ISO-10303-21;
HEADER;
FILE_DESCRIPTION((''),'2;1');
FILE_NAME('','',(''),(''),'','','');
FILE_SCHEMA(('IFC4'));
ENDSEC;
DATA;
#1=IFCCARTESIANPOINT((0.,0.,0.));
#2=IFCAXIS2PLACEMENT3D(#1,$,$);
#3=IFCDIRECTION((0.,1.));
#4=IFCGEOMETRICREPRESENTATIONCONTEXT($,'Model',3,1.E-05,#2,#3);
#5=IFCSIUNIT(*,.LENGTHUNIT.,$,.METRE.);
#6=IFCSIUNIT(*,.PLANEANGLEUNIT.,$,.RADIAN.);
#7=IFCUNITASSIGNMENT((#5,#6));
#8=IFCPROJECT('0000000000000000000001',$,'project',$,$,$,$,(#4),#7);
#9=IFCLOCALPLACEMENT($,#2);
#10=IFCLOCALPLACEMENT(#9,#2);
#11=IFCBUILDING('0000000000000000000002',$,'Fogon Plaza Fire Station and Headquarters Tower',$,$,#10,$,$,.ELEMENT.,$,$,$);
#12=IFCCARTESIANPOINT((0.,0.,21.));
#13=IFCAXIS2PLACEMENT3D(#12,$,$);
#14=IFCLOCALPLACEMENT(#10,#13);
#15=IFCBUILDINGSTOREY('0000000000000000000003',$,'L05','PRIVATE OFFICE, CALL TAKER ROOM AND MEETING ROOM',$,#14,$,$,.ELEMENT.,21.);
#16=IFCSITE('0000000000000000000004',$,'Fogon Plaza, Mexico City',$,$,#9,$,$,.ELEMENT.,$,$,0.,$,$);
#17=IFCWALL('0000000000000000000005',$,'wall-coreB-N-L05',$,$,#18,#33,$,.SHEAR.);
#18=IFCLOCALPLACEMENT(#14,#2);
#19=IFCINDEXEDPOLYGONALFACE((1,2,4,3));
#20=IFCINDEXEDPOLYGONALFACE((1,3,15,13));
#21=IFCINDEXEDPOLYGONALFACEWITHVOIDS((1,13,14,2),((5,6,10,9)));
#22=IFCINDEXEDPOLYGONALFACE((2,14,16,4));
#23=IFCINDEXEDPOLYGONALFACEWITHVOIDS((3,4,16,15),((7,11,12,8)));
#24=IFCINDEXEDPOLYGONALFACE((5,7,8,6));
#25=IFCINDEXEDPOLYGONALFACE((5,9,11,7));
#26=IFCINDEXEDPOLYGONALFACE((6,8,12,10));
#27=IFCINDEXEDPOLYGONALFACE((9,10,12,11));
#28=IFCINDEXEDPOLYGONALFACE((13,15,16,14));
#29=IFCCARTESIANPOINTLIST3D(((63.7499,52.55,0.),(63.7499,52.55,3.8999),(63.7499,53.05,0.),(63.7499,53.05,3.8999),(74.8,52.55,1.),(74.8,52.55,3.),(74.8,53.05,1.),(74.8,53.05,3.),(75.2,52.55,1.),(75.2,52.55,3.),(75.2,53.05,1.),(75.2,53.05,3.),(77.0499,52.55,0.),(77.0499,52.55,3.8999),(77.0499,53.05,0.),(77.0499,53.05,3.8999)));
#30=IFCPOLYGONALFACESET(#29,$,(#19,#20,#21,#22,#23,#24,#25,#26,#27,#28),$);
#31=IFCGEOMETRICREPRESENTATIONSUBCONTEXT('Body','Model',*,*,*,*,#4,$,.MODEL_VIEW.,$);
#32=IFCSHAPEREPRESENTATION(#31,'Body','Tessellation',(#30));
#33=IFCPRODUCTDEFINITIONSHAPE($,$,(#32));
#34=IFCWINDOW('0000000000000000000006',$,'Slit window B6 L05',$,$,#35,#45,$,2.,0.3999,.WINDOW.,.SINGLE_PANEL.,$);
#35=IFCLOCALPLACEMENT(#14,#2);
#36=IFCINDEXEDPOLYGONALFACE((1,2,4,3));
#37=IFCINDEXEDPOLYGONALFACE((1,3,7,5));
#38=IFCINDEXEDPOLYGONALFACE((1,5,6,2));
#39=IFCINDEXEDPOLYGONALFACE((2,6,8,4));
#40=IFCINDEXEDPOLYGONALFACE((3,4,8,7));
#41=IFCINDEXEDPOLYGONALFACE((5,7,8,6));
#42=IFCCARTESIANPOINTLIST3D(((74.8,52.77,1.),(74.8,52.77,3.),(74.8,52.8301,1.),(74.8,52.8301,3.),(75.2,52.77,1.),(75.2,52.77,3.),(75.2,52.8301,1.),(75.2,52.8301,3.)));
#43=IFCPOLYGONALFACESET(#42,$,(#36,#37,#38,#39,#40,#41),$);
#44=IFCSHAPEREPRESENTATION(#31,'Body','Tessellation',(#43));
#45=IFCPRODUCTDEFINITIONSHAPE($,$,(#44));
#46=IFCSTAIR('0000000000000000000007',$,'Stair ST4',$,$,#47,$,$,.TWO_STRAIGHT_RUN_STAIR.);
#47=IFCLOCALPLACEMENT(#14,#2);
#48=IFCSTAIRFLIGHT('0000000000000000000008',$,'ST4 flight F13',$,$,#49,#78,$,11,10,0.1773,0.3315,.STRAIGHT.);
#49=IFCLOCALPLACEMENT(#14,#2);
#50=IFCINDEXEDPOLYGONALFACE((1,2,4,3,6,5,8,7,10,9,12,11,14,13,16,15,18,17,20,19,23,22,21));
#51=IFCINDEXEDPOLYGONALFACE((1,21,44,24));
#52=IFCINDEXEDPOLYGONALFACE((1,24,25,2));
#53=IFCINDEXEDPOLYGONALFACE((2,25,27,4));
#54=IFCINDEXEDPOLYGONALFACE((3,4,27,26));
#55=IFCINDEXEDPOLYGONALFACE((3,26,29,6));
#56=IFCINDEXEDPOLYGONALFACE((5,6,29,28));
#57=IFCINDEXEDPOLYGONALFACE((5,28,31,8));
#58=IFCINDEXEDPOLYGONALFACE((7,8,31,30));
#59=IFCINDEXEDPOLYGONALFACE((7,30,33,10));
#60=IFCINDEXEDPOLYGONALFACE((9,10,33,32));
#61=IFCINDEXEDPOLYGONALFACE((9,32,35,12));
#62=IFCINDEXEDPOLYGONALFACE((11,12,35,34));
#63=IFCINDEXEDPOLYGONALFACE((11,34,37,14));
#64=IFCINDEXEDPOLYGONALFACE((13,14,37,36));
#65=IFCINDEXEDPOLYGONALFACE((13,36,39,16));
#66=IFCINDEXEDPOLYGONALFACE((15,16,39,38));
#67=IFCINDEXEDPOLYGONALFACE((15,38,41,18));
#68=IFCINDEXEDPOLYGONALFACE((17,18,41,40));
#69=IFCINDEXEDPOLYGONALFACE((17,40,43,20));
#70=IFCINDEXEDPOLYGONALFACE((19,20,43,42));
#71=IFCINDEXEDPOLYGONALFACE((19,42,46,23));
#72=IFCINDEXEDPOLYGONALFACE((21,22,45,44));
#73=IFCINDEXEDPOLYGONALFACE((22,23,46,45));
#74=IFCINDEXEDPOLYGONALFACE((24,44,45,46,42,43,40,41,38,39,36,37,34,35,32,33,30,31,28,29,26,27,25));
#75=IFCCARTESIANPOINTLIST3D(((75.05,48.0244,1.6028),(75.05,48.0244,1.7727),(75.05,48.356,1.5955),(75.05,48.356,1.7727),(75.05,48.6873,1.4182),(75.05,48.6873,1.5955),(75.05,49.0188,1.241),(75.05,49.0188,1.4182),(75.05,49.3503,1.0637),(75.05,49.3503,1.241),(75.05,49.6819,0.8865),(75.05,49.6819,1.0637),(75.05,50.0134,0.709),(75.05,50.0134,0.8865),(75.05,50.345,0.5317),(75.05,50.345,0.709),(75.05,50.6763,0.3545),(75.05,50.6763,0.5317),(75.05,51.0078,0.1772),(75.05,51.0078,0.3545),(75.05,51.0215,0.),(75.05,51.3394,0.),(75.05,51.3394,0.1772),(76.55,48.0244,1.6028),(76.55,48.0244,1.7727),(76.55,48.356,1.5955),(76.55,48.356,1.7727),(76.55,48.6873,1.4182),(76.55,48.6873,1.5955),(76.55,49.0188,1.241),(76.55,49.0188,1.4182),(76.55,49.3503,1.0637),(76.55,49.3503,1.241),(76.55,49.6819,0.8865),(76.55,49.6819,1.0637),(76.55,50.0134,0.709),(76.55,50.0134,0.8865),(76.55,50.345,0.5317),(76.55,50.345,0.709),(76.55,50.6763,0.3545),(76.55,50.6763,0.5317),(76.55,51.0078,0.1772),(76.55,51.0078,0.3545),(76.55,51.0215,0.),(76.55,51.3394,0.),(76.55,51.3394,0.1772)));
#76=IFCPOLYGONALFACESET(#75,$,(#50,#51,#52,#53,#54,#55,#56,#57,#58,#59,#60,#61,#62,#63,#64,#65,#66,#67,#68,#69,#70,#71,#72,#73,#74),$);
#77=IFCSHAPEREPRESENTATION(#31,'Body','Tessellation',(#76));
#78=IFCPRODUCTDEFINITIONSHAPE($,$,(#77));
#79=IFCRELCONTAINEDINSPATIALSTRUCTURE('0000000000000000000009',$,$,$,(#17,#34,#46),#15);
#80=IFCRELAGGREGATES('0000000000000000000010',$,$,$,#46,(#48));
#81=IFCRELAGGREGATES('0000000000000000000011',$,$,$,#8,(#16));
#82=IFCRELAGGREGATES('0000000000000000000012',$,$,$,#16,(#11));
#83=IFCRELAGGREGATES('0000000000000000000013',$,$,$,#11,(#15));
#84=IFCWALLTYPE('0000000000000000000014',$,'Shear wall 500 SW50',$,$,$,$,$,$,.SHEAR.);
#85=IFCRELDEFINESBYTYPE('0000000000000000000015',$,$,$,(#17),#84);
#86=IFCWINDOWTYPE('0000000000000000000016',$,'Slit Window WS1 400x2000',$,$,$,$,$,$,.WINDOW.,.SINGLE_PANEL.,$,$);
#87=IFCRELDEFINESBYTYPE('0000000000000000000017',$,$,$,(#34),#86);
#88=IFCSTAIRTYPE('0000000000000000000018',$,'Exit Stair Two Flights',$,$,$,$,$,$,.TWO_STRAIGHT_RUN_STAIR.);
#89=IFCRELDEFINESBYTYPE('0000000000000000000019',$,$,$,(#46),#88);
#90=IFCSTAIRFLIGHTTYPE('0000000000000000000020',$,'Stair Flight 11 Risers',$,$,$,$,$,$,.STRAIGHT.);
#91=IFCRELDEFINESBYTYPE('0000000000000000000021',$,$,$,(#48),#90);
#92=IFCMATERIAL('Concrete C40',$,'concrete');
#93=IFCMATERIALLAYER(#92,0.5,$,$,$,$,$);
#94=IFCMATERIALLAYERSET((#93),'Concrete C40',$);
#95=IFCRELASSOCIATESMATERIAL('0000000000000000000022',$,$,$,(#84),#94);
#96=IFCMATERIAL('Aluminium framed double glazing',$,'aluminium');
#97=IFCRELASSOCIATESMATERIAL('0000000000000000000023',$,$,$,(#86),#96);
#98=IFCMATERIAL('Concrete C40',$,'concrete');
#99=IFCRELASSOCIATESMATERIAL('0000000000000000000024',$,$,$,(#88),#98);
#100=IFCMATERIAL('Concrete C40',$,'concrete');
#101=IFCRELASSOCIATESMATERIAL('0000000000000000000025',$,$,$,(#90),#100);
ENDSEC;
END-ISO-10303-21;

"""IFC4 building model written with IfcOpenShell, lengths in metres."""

from ifc_helpers import new_model, si_unit, direction, frame, frame_2d, origin, place, context, subcontext, project, spatial, polyline, rectangle, outline, extrude, material, layer, layer_set, type_object, element, fill, aggregate, save


model = new_model("IFC4")

# Units and contexts
model_context = context("Model", 3, precision=1e-05, world=origin(), true_north=direction((0.0, 1.0)))
body_context = subcontext(model_context, "Body", "Model", "MODEL_VIEW")
ifc_project = project(units=[si_unit("LENGTHUNIT", "METRE"), si_unit("PLANEANGLEUNIT", "RADIAN")], contexts=[model_context])

# Site, building, storey
site_placement = place(None, origin())
site = spatial("IfcSite", under=ifc_project, at=site_placement, Name="Fogon Plaza, Mexico City", CompositionType="ELEMENT", RefElevation=0.0)
building_placement = place(site_placement, origin())
building = spatial("IfcBuilding", under=site, at=building_placement, Name="Fogon Plaza Fire Station and Headquarters Tower", CompositionType="ELEMENT")
storey_placement = place(building_placement, frame((0.0, 0.0, 21.0)))
storey = spatial("IfcBuildingStorey", under=building, at=storey_placement, Name="L05", Description="PRIVATE OFFICE, CALL TAKER ROOM AND MEETING ROOM", CompositionType="ELEMENT", Elevation=21.0)

# Wall, opening, window
ifc_material_1 = material(Name="Concrete C40", Category="concrete")
ifc_layer_1 = layer(ifc_material_1, 0.5)
ifc_layer_set_1 = layer_set([ifc_layer_1], Name="Concrete C40")
wall_type_1 = type_object("IfcWallType", Name="Shear wall 500 SW50", PredefinedType="SHEAR", material=ifc_layer_set_1)
wall_1_placement = place(storey_placement, frame((63.75, 52.8, 0.0), z_axis=(0.0, 0.0, 1.0), x_axis=(1.0, 0.0, 0.0)))
wall_1 = element("IfcWall", 1, at=wall_1_placement, inside=storey, type_object=wall_type_1, Name="wall-coreB-N-L05", PredefinedType="SHEAR", context=body_context, shape_type="SweptSolid", body=[
    extrude(rectangle(XDim=13.3, YDim=0.5, at=frame_2d((6.6499, 0.0))), origin(), (0.0, 0.0, 1.0), 3.8999),
])
opening_placement = place(wall_1_placement, frame((11.05, 0.0, 1.0)))
opening = element("IfcOpeningElement", 2, at=opening_placement, cuts=wall_1, PredefinedType="OPENING", context=body_context, shape_type="SweptSolid", body=[
    extrude(rectangle(XDim=0.3999, YDim=2.0, at=frame_2d((0.2, 1.0))), frame((0.0, 0.26, 0.0), z_axis=(0.0, -1.0, 0.0), x_axis=(1.0, 0.0, 0.0)), (0.0, 0.0, 1.0), 0.52),
])
ifc_material_2 = material(Name="Aluminium framed double glazing", Category="aluminium")
window_type = type_object("IfcWindowType", Name="Slit Window WS1 400x2000", PartitioningType="SINGLE_PANEL", PredefinedType="WINDOW", material=ifc_material_2)
window_placement = place(opening_placement, origin())
window = element("IfcWindow", 3, at=window_placement, inside=storey, type_object=window_type, Name="Slit window B6 L05", OverallHeight=2.0, OverallWidth=0.3999, PartitioningType="SINGLE_PANEL", PredefinedType="WINDOW", context=body_context, shape_type="SweptSolid", body=[
    extrude(rectangle(XDim=0.3999, YDim=2.0, at=frame_2d((0.2, 1.0))), frame((0.0, 0.03, 0.0), z_axis=(0.0, -1.0, 0.0), x_axis=(1.0, 0.0, 0.0)), (0.0, 0.0, 1.0), 0.0601),
])
fill(opening, window)

# Stair, stair flight
ifc_material_3 = material(Name="Concrete C40", Category="concrete")
stair_type = type_object("IfcStairType", Name="Exit Stair Two Flights", PredefinedType="TWO_STRAIGHT_RUN_STAIR", material=ifc_material_3)
stair_placement = place(storey_placement, origin())
stair = element("IfcStair", 4, at=stair_placement, inside=storey, type_object=stair_type, Name="Stair ST4", PredefinedType="TWO_STRAIGHT_RUN_STAIR")
ifc_material_4 = material(Name="Concrete C40", Category="concrete")
stair_flight_type = type_object("IfcStairFlightType", Name="Stair Flight 11 Risers", PredefinedType="STRAIGHT", material=ifc_material_4)
stair_flight_placement = place(storey_placement, frame((75.8, 51.3394, 0.0), z_axis=(0.0, 0.0, 1.0), x_axis=(0.0, -1.0, 0.0)))
stair_flight = element("IfcStairFlight", 5, at=stair_flight_placement, type_object=stair_flight_type, Name="ST4 flight F13", NumberOfRisers=11, NumberOfTreads=10, PredefinedType="STRAIGHT", RiserHeight=0.1773, TreadLength=0.3315, context=body_context, shape_type="SweptSolid", body=[
    extrude(outline(polyline([(0.0, 0.0), (0.0, 0.1772), (0.3315, 0.1772), (0.3315, 0.3545), (0.6631, 0.3545), (0.6631, 0.5317), (0.9944, 0.5317), (0.9944, 0.709), (1.3259, 0.709), (1.3259, 0.8865), (1.6575, 0.8865), (1.6575, 1.0637), (1.989, 1.0637), (1.989, 1.241), (2.3206, 1.241), (2.3206, 1.4182), (2.6521, 1.4182), (2.6521, 1.5955), (2.9834, 1.5955), (2.9834, 1.7727), (3.3149, 1.7727), (3.3149, 1.95), (3.3149, 1.6028), (0.3179, 0.0), (0.0, 0.0)])), frame((0.0, 0.75, 0.0), z_axis=(0.0, -1.0, 0.0), x_axis=(1.0, 0.0, 0.0)), (0.0, 0.0, 1.0), 1.5),
])
aggregate(stair, [stair_flight])

save(model, "model.ifc")
